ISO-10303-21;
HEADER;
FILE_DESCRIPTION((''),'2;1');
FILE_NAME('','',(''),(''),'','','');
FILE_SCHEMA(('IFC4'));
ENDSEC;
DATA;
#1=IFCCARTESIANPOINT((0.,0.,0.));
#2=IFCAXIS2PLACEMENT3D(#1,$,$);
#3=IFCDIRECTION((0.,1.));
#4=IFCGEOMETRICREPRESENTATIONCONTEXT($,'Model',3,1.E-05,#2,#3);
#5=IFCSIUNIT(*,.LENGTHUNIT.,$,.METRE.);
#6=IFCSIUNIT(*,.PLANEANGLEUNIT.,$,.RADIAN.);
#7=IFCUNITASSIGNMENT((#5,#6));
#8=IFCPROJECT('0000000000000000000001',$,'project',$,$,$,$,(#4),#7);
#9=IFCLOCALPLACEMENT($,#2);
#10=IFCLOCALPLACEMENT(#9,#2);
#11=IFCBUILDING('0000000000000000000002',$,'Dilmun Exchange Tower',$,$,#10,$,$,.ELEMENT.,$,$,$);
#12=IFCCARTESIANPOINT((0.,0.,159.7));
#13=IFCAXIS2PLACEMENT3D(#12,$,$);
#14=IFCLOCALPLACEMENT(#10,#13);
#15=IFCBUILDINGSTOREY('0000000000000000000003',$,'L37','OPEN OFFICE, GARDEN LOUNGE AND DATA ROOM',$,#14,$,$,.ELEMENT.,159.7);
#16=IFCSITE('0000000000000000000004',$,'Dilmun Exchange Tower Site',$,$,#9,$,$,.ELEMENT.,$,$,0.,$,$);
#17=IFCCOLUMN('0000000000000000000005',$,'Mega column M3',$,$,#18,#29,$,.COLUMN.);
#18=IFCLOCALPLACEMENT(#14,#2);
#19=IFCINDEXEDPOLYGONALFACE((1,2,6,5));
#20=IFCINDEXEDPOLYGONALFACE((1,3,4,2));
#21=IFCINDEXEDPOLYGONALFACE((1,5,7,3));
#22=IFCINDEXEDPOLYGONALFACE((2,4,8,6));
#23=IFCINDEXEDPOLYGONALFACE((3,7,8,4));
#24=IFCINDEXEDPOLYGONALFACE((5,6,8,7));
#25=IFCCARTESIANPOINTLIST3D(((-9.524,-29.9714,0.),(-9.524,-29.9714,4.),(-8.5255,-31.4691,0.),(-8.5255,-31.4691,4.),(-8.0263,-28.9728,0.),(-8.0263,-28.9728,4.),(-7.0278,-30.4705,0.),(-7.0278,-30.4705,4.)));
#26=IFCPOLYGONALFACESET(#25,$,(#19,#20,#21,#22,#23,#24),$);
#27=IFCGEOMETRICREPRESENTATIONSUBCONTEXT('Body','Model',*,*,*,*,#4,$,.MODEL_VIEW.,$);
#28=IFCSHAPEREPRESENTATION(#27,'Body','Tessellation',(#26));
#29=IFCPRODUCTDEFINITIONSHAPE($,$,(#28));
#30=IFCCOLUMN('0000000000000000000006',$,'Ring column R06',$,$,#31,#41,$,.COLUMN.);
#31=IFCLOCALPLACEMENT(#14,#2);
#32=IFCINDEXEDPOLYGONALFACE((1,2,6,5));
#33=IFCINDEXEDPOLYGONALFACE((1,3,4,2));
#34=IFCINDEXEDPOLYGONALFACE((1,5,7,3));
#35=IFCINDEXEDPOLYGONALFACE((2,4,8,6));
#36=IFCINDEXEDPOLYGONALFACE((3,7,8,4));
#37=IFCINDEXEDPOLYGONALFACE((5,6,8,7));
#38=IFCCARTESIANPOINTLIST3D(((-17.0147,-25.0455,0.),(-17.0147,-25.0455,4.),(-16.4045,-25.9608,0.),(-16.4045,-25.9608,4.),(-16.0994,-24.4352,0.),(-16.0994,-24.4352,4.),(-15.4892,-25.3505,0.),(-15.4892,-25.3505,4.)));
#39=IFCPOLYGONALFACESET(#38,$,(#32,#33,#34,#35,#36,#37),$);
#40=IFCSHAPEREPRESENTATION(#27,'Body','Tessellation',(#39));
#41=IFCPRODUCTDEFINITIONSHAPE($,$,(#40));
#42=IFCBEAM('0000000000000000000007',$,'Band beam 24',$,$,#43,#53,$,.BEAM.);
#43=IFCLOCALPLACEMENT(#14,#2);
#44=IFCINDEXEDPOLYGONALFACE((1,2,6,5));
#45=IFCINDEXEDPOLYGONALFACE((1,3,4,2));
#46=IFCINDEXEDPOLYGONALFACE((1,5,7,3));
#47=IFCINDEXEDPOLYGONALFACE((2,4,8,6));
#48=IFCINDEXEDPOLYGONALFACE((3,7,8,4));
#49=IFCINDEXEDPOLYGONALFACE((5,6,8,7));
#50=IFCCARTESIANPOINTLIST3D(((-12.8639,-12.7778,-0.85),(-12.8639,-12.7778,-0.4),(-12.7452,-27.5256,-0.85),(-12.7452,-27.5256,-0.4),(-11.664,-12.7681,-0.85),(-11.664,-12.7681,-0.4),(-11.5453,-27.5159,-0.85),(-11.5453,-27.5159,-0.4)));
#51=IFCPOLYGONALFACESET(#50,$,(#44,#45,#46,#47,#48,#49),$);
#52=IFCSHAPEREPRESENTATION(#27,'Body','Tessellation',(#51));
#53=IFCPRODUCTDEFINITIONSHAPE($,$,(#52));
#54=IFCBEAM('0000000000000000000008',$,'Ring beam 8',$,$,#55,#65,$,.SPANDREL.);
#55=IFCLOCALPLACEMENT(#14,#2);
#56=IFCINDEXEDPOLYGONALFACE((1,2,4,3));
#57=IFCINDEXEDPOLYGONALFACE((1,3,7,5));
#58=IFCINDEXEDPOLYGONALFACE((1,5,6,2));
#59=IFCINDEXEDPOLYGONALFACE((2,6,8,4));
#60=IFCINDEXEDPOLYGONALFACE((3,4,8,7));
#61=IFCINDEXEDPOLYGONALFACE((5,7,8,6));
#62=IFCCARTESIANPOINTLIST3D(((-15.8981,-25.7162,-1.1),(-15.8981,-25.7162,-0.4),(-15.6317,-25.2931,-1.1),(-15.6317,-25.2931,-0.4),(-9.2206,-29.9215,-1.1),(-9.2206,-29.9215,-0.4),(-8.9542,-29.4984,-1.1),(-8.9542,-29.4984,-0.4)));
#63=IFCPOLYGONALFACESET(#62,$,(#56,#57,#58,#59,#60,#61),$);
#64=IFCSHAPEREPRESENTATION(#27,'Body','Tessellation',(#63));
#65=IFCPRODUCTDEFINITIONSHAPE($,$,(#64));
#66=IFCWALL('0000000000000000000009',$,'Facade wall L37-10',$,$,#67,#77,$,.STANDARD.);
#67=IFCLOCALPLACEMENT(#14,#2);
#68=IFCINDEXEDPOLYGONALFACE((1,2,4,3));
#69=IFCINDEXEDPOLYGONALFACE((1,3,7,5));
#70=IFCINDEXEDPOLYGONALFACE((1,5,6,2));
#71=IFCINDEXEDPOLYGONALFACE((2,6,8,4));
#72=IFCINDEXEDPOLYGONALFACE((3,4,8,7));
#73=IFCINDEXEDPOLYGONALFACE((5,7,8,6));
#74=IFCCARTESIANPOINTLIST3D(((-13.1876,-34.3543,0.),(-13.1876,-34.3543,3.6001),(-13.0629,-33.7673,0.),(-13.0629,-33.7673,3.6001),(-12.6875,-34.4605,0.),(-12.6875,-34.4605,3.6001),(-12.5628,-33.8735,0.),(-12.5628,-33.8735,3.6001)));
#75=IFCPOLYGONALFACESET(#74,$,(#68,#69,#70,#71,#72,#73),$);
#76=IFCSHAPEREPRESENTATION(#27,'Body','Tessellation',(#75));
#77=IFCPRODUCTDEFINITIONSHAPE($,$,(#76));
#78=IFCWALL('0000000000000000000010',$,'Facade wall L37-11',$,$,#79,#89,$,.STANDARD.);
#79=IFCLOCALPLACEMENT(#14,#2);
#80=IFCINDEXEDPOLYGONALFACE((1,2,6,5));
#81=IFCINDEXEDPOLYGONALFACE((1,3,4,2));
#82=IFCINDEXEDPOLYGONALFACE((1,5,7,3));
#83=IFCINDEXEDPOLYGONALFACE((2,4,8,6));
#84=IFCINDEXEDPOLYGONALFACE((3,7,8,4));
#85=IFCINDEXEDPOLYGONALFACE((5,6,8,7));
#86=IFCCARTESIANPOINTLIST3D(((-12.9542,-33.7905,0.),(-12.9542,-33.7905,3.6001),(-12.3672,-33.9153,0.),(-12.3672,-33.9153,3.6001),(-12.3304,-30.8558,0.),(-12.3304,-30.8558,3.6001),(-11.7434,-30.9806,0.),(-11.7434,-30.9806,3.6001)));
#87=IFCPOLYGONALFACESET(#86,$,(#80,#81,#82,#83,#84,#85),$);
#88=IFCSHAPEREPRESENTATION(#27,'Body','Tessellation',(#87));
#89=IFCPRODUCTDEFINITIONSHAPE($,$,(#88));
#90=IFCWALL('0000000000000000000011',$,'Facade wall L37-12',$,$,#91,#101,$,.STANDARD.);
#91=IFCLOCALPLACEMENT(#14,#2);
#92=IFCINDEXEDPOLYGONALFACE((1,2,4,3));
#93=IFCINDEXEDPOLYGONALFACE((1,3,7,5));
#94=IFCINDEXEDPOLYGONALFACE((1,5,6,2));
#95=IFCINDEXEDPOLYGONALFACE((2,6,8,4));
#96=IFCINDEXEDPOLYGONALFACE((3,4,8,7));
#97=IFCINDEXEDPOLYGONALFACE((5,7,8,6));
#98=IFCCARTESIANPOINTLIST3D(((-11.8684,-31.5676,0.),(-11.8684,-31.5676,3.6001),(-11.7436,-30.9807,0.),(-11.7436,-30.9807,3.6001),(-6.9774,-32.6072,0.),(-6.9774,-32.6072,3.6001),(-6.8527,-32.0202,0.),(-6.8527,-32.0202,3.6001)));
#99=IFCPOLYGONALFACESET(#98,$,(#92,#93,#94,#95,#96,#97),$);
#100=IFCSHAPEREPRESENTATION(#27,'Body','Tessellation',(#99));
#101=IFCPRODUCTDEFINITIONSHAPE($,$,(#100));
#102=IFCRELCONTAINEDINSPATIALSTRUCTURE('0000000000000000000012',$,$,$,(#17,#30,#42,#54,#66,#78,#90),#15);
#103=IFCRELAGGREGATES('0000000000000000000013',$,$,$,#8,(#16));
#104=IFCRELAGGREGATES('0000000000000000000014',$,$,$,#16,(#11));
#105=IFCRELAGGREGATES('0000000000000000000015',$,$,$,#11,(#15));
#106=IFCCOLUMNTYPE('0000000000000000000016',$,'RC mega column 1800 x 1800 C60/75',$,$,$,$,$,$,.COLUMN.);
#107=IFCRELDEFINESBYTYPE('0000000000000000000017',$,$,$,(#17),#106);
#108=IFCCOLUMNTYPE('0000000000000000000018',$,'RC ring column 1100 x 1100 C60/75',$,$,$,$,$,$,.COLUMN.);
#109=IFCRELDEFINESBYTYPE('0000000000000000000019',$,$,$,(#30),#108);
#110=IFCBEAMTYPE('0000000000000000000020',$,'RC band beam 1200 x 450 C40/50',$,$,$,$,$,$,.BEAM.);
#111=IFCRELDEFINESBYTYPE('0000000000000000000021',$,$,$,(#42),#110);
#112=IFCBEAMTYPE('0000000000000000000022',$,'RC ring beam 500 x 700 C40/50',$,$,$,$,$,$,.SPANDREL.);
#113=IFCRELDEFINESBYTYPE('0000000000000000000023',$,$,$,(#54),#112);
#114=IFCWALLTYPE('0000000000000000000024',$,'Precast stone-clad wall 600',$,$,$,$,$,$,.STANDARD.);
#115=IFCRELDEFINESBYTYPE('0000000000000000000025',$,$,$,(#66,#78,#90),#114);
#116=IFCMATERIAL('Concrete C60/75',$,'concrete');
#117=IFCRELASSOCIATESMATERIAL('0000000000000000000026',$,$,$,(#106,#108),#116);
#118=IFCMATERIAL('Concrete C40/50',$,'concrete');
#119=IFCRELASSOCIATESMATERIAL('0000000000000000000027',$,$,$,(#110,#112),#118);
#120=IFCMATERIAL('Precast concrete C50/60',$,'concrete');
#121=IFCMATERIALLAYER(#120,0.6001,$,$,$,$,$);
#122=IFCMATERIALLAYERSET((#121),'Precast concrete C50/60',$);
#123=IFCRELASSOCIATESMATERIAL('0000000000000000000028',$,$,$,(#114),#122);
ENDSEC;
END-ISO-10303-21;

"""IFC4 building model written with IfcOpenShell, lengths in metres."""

from ifc_helpers import new_model, si_unit, direction, frame, frame_2d, origin, origin_2d, place, context, subcontext, project, spatial, rectangle, extrude, material, layer, layer_set, material_profile, profile_set, type_object, element, save


model = new_model("IFC4")

# Units and contexts
model_context = context("Model", 3, precision=1e-05, world=origin(), true_north=direction((0.0, 1.0)))
body_context = subcontext(model_context, "Body", "Model", "MODEL_VIEW")
ifc_project = project(units=[si_unit("LENGTHUNIT", "METRE"), si_unit("PLANEANGLEUNIT", "RADIAN")], contexts=[model_context])

# Site, building, storey
site_placement = place(None, origin())
site = spatial("IfcSite", under=ifc_project, at=site_placement, Name="Dilmun Exchange Tower Site", CompositionType="ELEMENT", RefElevation=0.0)
building_placement = place(site_placement, origin())
building = spatial("IfcBuilding", under=site, at=building_placement, Name="Dilmun Exchange Tower", CompositionType="ELEMENT")
storey_placement = place(building_placement, frame((0.0, 0.0, 159.7)))
storey = spatial("IfcBuildingStorey", under=building, at=storey_placement, Name="L37", Description="OPEN OFFICE, GARDEN LOUNGE AND DATA ROOM", CompositionType="ELEMENT", Elevation=159.7)

# Columns
ifc_material_1 = material(Name="Concrete C60/75", Category="concrete")
ifc_material_profile_1 = material_profile(ifc_material_1, rectangle(XDim=1.8, YDim=1.8, at=origin_2d()), Name="1800 x 1800")
ifc_profile_set_1 = profile_set([ifc_material_profile_1], Name="Concrete C60/75")
column_type_1 = type_object("IfcColumnType", Name="RC mega column 1800 x 1800 C60/75", PredefinedType="COLUMN", material=ifc_profile_set_1)
column_1_placement = place(storey_placement, frame((-8.2759, -30.2209, 0.0), z_axis=(0.0, 0.0, 1.0), x_axis=(0.832029, 0.554733, 0.0)))
element("IfcColumn", 1, at=column_1_placement, inside=storey, type_object=column_type_1, Name="Mega column M3", PredefinedType="COLUMN", context=body_context, shape_type="SweptSolid", body=[
    extrude(rectangle(XDim=1.8, YDim=1.8, at=origin_2d()), origin(), (0.0, 0.0, 1.0), 4.0),
])
ifc_material_profile_2 = material_profile(ifc_material_1, rectangle(XDim=1.1001, YDim=1.1001, at=origin_2d()), Name="1100 x 1100")
ifc_profile_set_2 = profile_set([ifc_material_profile_2], Name="Concrete C60/75")
column_type_2 = type_object("IfcColumnType", Name="RC ring column 1100 x 1100 C60/75", PredefinedType="COLUMN", material=ifc_profile_set_2)
column_2_placement = place(storey_placement, frame((-16.252, -25.198, 0.0), z_axis=(0.0, 0.0, 1.0), x_axis=(0.832029, 0.554733, 0.0)))
element("IfcColumn", 2, at=column_2_placement, inside=storey, type_object=column_type_2, Name="Ring column R06", PredefinedType="COLUMN", context=body_context, shape_type="SweptSolid", body=[
    extrude(rectangle(XDim=1.1001, YDim=1.1001, at=origin_2d()), origin(), (0.0, 0.0, 1.0), 4.0),
])

# Beams
ifc_material_2 = material(Name="Concrete C40/50", Category="concrete")
ifc_material_profile_3 = material_profile(ifc_material_2, rectangle(XDim=1.2, YDim=0.45, at=origin_2d()), Name="1200 x 450")
ifc_profile_set_3 = profile_set([ifc_material_profile_3], Name="Concrete C40/50")
beam_type_1 = type_object("IfcBeamType", Name="RC band beam 1200 x 450 C40/50", PredefinedType="BEAM", material=ifc_profile_set_3)
beam_1_placement = place(storey_placement, frame((-12.1453, -27.5208, -0.625), z_axis=(-0.008045, 0.999968, 0.0), x_axis=(-0.999968, -0.008045, 0.0)))
element("IfcBeam", 3, at=beam_1_placement, inside=storey, type_object=beam_type_1, Name="Band beam 24", PredefinedType="BEAM", context=body_context, shape_type="SweptSolid", body=[
    extrude(rectangle(XDim=1.2, YDim=0.45, at=origin_2d()), origin(), (0.0, 0.0, 1.0), 14.7483),
])
ifc_material_profile_4 = material_profile(ifc_material_2, rectangle(XDim=0.5, YDim=0.7, at=origin_2d()), Name="500 x 700")
ifc_profile_set_4 = profile_set([ifc_material_profile_4], Name="Concrete C40/50")
beam_type_2 = type_object("IfcBeamType", Name="RC ring beam 500 x 700 C40/50", PredefinedType="SPANDREL", material=ifc_profile_set_4)
beam_2_placement = place(storey_placement, frame((-15.7649, -25.5046, -0.75), z_axis=(0.846177, -0.532902, 0.0), x_axis=(0.532902, 0.846177, 0.0)))
element("IfcBeam", 4, at=beam_2_placement, inside=storey, type_object=beam_type_2, Name="Ring beam 8", PredefinedType="SPANDREL", context=body_context, shape_type="SweptSolid", body=[
    extrude(rectangle(XDim=0.5, YDim=0.7, at=origin_2d()), origin(), (0.0, 0.0, 1.0), 7.8914),
])

# Walls
ifc_material_3 = material(Name="Precast concrete C50/60", Category="concrete")
ifc_layer = layer(ifc_material_3, 0.6001)
ifc_layer_set = layer_set([ifc_layer], Name="Precast concrete C50/60")
wall_type = type_object("IfcWallType", Name="Precast stone-clad wall 600", PredefinedType="STANDARD", material=ifc_layer_set)
wall_1_placement = place(storey_placement, frame((-13.1252, -34.0608, 0.0), z_axis=(0.0, 0.0, 1.0), x_axis=(0.978178, -0.207767, 0.0)))
element("IfcWall", 5, at=wall_1_placement, inside=storey, type_object=wall_type, Name="Facade wall L37-10", PredefinedType="STANDARD", context=body_context, shape_type="SweptSolid", body=[
    extrude(rectangle(XDim=0.5112, YDim=0.6001, at=frame_2d((0.2556, 0.0))), origin(), (0.0, 0.0, 1.0), 3.6001),
])
wall_2_placement = place(storey_placement, frame((-12.6606, -33.8528, 0.0), z_axis=(0.0, 0.0, 1.0), x_axis=(0.207917, 0.978146, 0.0)))
element("IfcWall", 6, at=wall_2_placement, inside=storey, type_object=wall_type, Name="Facade wall L37-11", PredefinedType="STANDARD", context=body_context, shape_type="SweptSolid", body=[
    extrude(rectangle(XDim=3.0002, YDim=0.6001, at=frame_2d((1.5, 0.0))), origin(), (0.0, 0.0, 1.0), 3.6001),
])
wall_3_placement = place(storey_placement, frame((-11.8059, -31.2742, 0.0), z_axis=(0.0, 0.0, 1.0), x_axis=(0.978149, -0.207905, 0.0)))
element("IfcWall", 7, at=wall_3_placement, inside=storey, type_object=wall_type, Name="Facade wall L37-12", PredefinedType="STANDARD", context=body_context, shape_type="SweptSolid", body=[
    extrude(rectangle(XDim=5.0002, YDim=0.6001, at=frame_2d((2.5, 0.0))), origin(), (0.0, 0.0, 1.0), 3.6001),
])

save(model, "model.ifc")
